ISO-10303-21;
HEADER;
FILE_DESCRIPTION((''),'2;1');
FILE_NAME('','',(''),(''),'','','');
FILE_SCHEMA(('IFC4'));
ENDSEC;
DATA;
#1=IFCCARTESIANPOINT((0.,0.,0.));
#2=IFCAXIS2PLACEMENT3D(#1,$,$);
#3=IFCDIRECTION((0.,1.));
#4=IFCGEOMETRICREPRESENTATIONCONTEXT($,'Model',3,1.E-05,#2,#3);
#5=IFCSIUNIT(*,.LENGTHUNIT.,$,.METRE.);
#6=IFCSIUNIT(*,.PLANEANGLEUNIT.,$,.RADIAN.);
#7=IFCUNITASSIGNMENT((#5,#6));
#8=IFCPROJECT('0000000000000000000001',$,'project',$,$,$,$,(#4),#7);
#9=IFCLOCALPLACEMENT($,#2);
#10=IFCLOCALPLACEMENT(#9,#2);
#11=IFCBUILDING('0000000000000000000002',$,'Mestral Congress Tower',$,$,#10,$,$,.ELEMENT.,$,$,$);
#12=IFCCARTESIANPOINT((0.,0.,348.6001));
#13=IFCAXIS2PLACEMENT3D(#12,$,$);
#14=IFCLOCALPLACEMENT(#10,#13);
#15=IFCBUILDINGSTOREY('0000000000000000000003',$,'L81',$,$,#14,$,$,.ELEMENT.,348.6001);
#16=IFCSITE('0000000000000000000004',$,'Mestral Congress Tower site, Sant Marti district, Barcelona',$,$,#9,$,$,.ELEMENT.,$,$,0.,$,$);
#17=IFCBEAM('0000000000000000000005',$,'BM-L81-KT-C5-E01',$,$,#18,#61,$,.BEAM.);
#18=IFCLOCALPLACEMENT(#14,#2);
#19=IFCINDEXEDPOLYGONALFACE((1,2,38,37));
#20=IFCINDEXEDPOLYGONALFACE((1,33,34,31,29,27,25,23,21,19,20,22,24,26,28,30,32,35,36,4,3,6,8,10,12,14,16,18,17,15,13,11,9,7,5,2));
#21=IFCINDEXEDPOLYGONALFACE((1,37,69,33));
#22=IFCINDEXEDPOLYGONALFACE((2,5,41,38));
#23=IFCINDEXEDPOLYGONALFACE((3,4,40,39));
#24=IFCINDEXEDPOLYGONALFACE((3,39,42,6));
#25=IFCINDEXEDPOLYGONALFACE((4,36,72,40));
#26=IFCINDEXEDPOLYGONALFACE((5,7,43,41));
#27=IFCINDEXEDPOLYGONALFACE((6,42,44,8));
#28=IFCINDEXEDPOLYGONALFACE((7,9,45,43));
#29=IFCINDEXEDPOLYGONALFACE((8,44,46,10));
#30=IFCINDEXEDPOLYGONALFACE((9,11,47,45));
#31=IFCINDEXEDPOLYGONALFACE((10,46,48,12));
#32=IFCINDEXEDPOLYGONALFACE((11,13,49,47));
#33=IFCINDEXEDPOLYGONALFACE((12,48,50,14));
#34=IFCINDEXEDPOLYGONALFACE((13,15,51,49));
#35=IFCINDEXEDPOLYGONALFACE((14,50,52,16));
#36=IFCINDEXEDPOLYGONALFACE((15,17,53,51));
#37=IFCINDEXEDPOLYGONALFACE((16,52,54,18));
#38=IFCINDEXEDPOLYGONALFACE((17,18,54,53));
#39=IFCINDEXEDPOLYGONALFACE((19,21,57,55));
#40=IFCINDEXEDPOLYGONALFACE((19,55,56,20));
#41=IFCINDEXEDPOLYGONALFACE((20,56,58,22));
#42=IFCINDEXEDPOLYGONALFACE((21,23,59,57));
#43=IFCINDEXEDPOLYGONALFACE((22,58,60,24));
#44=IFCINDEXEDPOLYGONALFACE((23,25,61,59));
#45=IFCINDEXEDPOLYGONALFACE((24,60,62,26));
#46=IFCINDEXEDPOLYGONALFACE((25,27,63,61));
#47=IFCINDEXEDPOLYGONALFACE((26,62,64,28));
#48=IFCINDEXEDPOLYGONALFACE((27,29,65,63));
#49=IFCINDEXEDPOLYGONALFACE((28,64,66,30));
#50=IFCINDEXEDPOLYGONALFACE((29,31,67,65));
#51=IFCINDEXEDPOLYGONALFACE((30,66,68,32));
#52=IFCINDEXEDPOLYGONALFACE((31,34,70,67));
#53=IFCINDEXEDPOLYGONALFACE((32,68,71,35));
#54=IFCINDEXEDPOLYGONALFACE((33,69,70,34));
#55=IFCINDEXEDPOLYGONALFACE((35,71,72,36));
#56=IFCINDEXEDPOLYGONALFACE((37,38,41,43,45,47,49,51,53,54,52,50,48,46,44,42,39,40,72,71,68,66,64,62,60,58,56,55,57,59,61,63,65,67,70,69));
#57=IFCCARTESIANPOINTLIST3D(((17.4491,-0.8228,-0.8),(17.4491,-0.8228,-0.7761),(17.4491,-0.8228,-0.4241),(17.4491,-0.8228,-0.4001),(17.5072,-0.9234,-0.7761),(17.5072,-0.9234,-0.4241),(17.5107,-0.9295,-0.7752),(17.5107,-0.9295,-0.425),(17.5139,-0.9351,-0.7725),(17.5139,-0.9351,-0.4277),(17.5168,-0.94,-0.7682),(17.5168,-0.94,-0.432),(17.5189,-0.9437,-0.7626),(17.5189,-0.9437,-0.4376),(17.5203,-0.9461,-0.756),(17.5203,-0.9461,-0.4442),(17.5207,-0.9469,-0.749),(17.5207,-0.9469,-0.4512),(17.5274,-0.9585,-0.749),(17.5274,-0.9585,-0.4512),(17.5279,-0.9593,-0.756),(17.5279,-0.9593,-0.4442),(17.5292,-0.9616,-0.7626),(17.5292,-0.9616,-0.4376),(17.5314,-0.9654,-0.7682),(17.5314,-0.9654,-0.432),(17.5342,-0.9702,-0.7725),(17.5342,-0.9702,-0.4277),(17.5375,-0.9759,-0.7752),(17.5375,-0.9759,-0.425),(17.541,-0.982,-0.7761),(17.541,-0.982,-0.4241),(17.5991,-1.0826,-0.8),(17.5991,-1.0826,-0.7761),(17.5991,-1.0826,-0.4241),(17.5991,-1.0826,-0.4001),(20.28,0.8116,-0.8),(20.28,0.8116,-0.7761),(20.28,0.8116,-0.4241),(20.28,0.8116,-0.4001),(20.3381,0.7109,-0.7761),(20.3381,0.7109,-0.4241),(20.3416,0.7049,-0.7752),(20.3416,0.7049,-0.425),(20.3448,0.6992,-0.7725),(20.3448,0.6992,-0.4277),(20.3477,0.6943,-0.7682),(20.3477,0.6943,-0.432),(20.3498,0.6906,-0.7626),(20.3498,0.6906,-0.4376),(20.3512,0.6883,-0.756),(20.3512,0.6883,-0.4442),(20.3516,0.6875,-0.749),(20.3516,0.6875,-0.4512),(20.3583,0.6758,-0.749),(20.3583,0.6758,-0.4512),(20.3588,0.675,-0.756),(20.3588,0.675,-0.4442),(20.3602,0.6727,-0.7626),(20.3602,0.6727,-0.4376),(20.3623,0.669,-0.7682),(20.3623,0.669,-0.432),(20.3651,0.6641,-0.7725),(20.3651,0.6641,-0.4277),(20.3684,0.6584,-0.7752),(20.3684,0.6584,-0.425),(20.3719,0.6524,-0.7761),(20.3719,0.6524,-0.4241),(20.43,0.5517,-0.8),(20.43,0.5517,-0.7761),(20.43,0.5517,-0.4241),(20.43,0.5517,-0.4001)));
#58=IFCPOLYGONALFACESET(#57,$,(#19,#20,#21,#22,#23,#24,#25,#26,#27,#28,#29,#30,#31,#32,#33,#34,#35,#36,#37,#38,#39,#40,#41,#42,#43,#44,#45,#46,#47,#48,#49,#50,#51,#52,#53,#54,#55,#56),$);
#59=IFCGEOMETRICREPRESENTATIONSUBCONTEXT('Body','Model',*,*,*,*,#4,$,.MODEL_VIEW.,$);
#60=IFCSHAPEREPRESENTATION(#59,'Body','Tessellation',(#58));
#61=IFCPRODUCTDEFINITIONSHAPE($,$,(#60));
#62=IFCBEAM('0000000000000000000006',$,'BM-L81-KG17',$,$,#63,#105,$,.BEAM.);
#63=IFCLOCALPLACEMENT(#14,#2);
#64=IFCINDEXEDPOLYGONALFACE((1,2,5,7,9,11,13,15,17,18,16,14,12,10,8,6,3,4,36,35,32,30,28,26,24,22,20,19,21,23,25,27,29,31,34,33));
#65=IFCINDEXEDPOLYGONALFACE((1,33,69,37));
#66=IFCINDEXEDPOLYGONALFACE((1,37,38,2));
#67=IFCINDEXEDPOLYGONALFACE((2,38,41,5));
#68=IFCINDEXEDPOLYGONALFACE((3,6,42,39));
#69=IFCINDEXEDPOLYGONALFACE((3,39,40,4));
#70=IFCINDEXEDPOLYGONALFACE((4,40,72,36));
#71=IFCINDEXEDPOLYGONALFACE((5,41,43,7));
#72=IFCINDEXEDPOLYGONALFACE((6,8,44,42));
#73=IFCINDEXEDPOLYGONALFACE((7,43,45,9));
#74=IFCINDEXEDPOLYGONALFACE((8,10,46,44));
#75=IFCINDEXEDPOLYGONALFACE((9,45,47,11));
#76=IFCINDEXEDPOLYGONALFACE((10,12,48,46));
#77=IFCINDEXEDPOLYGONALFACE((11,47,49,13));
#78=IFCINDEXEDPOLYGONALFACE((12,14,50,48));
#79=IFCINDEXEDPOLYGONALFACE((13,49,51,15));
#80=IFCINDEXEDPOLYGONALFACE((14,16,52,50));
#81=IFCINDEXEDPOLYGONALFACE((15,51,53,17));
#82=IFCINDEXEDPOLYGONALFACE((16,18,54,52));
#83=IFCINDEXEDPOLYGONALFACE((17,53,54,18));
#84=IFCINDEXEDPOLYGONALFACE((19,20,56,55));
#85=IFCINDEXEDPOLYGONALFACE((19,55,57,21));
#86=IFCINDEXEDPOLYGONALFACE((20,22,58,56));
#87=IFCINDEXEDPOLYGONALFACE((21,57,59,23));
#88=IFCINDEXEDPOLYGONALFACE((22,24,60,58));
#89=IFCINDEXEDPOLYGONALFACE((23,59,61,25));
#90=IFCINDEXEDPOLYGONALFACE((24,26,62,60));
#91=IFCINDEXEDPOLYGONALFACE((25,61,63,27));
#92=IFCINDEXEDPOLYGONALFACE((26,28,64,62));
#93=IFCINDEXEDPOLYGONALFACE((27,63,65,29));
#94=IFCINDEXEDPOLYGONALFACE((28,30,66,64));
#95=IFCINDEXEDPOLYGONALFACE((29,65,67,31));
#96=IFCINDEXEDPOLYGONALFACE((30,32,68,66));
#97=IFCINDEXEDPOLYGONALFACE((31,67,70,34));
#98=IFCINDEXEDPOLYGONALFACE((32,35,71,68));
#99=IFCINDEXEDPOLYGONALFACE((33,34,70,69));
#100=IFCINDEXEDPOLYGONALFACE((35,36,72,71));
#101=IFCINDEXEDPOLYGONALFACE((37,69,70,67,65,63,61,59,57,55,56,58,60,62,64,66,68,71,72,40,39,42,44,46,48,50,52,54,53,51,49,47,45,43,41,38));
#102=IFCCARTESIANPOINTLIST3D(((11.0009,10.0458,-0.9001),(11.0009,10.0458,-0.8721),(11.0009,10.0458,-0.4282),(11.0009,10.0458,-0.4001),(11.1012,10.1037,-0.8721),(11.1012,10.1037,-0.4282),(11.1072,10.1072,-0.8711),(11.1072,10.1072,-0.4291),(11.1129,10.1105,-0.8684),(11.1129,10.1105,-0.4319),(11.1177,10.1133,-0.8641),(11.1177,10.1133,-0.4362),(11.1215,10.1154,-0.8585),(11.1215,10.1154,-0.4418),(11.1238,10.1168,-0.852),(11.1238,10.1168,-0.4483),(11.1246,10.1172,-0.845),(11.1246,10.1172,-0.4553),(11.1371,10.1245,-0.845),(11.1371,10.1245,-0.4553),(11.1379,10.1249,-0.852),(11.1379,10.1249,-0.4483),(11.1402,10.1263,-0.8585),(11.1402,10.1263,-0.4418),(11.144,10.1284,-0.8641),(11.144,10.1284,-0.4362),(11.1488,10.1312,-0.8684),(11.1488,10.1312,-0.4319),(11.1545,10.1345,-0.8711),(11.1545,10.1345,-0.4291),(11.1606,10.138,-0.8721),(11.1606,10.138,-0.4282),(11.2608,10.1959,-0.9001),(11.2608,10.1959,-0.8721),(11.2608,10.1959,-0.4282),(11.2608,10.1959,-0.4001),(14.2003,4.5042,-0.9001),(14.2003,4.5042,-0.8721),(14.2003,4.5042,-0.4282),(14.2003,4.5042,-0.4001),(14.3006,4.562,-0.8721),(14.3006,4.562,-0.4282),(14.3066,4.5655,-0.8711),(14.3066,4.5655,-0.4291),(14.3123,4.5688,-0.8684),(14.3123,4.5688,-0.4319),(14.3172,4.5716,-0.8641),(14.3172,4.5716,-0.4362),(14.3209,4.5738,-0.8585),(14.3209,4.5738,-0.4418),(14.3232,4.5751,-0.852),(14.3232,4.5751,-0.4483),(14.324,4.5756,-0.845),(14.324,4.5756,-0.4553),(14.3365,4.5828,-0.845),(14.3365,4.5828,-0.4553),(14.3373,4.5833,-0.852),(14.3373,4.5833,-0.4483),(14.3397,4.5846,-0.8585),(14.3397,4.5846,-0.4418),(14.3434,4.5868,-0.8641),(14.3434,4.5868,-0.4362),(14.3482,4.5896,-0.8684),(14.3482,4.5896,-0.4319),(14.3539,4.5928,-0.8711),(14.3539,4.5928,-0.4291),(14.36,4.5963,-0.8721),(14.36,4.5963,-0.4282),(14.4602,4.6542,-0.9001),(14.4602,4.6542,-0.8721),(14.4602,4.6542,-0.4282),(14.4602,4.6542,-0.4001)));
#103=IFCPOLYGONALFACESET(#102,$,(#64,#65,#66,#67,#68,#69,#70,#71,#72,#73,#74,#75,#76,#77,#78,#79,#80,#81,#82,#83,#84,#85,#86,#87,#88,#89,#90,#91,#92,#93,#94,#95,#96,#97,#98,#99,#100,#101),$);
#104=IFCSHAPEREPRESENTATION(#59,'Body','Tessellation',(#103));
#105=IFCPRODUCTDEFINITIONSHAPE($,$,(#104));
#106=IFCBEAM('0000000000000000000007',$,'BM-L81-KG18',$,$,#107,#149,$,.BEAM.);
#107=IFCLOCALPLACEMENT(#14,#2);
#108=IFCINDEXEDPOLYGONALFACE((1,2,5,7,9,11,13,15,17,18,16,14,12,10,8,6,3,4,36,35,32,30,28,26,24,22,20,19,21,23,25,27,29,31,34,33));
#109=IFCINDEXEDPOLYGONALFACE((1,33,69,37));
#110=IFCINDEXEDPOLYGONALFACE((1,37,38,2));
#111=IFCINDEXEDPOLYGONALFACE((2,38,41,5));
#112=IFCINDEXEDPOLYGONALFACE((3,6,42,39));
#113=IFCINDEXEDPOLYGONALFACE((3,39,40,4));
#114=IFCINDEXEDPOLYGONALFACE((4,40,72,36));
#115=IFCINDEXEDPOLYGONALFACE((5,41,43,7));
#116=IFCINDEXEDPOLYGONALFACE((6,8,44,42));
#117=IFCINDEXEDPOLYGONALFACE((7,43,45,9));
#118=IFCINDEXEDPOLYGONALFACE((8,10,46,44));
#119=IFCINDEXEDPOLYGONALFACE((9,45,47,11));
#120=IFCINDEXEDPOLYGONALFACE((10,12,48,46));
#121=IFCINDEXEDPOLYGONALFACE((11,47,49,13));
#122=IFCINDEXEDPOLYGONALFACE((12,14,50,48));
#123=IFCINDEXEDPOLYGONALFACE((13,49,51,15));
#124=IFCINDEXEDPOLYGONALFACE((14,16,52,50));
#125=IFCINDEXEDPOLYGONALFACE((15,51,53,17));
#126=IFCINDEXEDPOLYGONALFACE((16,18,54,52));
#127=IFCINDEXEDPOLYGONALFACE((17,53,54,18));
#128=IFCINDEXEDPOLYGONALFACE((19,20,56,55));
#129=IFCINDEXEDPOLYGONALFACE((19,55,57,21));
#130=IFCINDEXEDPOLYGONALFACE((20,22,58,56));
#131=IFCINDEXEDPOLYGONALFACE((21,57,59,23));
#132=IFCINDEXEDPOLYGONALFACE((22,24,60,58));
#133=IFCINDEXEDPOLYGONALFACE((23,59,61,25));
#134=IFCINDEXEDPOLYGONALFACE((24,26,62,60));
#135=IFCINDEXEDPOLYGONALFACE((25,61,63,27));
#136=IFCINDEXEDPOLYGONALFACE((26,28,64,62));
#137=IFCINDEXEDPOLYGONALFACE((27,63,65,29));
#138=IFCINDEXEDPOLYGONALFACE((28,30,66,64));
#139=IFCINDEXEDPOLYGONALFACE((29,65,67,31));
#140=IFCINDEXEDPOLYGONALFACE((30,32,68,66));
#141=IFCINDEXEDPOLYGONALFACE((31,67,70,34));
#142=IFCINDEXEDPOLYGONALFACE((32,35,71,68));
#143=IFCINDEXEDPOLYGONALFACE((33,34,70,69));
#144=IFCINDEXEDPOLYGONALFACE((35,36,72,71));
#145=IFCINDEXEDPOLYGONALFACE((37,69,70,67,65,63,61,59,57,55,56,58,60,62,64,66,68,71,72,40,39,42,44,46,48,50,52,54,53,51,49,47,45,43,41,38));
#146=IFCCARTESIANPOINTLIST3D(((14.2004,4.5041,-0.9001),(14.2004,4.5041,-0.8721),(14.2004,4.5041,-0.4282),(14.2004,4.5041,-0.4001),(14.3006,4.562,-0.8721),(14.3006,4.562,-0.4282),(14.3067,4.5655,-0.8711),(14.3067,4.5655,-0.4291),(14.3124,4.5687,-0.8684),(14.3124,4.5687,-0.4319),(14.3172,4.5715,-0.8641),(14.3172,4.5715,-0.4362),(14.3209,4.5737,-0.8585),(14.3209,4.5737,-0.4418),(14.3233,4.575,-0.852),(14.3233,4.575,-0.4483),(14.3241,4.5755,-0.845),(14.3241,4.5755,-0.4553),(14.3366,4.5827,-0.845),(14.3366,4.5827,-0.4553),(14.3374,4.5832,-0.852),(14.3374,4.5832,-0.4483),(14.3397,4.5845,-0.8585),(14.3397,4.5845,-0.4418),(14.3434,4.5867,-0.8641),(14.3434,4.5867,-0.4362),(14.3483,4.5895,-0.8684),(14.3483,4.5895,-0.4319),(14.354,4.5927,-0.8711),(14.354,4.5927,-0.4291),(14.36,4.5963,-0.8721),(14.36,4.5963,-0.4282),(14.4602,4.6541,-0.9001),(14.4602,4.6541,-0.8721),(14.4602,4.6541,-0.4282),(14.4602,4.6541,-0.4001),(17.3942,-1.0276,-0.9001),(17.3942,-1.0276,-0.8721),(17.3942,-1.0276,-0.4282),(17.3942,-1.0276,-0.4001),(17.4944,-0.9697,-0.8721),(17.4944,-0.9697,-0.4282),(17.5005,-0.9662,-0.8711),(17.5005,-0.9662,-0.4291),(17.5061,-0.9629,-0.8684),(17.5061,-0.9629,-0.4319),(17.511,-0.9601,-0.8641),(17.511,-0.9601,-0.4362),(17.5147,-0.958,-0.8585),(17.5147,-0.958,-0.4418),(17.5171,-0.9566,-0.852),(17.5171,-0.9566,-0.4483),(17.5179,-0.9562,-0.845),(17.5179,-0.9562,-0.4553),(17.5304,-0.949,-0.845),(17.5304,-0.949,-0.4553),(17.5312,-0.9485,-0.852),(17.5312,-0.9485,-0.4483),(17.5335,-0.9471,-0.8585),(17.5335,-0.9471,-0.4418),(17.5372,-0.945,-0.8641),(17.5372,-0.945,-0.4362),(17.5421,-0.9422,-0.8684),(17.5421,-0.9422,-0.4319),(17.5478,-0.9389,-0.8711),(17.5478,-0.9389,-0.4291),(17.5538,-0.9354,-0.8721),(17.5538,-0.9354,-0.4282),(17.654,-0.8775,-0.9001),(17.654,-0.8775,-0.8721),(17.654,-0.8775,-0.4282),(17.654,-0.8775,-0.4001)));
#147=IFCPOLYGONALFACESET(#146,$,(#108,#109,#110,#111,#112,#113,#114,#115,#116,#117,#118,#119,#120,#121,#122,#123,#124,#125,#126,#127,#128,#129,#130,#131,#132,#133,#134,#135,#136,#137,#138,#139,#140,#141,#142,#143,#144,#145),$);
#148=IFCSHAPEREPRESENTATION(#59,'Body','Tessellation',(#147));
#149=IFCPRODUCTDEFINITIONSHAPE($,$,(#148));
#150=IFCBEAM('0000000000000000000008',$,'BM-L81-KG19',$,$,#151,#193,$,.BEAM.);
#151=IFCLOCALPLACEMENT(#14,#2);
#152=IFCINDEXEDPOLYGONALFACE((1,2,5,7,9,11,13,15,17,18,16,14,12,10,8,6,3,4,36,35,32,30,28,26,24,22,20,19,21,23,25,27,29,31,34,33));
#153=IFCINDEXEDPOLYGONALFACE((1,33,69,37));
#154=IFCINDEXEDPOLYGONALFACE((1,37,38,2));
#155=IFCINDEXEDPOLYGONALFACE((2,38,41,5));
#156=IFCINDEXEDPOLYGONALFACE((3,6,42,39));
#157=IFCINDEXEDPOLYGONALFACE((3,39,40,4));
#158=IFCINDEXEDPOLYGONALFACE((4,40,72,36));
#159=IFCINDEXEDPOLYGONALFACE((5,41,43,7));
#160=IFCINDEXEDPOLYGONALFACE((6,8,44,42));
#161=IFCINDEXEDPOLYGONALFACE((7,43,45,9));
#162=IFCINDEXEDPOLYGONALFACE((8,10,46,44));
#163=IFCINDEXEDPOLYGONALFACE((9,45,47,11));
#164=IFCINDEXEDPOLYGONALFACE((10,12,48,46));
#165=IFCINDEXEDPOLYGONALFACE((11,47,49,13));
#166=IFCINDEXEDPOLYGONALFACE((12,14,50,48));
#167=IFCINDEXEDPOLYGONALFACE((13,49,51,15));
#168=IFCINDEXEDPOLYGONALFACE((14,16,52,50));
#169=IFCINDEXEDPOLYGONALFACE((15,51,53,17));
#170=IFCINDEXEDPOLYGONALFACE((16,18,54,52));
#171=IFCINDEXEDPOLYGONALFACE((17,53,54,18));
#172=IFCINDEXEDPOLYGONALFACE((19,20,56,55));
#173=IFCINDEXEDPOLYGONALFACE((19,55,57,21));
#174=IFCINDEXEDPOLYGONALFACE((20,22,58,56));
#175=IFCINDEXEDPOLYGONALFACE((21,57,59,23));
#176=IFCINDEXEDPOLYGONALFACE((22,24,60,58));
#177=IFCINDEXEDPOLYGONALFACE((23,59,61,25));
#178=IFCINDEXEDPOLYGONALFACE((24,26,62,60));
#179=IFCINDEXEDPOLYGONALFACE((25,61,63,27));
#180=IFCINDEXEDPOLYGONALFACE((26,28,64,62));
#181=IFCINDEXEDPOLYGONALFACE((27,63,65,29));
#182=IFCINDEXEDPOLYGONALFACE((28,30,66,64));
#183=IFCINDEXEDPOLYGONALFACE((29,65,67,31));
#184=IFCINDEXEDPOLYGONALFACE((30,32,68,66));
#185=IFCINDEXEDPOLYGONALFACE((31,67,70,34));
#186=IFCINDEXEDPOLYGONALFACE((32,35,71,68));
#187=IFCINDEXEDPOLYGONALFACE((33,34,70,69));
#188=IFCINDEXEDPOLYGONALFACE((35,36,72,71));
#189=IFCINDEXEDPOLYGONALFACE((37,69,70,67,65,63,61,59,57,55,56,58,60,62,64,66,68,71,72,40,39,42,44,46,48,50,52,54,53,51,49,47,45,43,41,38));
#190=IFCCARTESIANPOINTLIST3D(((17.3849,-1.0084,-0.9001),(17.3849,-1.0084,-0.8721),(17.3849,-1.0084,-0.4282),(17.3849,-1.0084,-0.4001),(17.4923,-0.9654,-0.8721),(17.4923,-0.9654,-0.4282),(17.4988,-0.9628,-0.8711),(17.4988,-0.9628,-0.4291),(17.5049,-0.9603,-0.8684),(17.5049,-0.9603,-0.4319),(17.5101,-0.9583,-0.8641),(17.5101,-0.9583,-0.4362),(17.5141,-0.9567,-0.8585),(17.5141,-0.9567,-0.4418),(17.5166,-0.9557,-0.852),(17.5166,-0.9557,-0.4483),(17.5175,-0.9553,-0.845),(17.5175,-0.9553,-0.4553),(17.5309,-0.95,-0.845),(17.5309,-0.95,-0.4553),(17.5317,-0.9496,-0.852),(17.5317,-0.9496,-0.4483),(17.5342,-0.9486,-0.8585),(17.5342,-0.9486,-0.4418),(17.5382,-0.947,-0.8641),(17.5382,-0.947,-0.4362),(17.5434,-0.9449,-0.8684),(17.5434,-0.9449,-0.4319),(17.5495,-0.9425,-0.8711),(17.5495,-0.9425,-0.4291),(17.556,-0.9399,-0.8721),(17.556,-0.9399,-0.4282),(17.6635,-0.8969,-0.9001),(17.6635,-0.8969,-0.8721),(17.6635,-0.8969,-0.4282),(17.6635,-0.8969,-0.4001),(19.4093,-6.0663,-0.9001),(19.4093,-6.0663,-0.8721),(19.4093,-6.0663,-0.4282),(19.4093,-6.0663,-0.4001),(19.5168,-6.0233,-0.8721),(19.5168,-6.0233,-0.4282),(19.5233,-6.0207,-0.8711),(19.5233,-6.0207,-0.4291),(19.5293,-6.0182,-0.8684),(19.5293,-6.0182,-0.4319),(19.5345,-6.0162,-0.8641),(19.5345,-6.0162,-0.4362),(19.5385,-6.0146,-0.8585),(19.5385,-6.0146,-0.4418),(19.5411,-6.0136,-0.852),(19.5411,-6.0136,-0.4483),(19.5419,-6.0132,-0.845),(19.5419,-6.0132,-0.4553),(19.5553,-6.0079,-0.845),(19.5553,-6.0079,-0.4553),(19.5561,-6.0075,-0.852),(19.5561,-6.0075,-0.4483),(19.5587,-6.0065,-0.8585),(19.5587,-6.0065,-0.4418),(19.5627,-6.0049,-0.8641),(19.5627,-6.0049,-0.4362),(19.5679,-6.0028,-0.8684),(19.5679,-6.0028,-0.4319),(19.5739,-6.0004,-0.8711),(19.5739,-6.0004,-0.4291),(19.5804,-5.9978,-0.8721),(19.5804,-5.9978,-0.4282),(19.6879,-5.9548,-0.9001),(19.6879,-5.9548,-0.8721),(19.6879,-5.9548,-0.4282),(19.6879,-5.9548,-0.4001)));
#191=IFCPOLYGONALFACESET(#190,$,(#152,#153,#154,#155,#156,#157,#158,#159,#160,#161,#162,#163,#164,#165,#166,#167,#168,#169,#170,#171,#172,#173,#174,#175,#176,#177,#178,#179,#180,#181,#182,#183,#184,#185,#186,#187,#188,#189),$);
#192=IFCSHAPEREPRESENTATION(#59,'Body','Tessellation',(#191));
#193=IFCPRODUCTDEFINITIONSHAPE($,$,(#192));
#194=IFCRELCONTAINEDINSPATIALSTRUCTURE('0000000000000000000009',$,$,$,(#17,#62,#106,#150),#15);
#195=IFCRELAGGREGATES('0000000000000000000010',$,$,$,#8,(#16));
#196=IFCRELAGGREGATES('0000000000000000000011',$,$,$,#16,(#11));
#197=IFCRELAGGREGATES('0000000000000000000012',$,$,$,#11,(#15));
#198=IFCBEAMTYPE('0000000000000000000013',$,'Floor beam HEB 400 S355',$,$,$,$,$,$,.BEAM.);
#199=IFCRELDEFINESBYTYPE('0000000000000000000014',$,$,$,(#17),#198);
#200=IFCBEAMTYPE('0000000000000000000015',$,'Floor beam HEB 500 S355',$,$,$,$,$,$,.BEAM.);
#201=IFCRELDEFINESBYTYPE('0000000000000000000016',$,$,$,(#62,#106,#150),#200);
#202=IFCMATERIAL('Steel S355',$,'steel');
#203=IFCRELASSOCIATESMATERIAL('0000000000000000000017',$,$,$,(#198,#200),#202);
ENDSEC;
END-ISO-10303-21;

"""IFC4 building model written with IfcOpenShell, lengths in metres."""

from ifc_helpers import new_model, si_unit, direction, frame, origin, origin_2d, place, context, subcontext, project, spatial, i_section, extrude, material, material_profile, profile_set, type_object, element, save


model = new_model("IFC4")

# Units and contexts
model_context = context("Model", 3, precision=1e-05, world=origin(), true_north=direction((0.0, 1.0)))
body_context = subcontext(model_context, "Body", "Model", "MODEL_VIEW")
ifc_project = project(units=[si_unit("LENGTHUNIT", "METRE"), si_unit("PLANEANGLEUNIT", "RADIAN")], contexts=[model_context])

# Site, building, storey
site_placement = place(None, origin())
site = spatial("IfcSite", under=ifc_project, at=site_placement, Name="Mestral Congress Tower site, Sant Marti district, Barcelona", CompositionType="ELEMENT", RefElevation=0.0)
building_placement = place(site_placement, origin())
building = spatial("IfcBuilding", under=site, at=building_placement, Name="Mestral Congress Tower", CompositionType="ELEMENT")
storey_placement = place(building_placement, frame((0.0, 0.0, 348.6001)))
storey = spatial("IfcBuildingStorey", under=building, at=storey_placement, Name="L81", CompositionType="ELEMENT", Elevation=348.6001)

# Beams
ifc_material_1 = material(Name="Steel S355", Category="steel")
ifc_material_profile_1 = material_profile(ifc_material_1, i_section(OverallWidth=0.3, OverallDepth=0.3999, WebThickness=0.0134, FlangeThickness=0.0239, FilletRadius=0.0271, at=origin_2d()), Name="HEB 400")
ifc_profile_set_1 = profile_set([ifc_material_profile_1], Name="Steel S355")
beam_type_1 = type_object("IfcBeamType", Name="Floor beam HEB 400 S355", PredefinedType="BEAM", material=ifc_profile_set_1)
beam_1_placement = place(storey_placement, frame((20.355, 0.6816, -0.6001), z_axis=(-0.866038, -0.499979, 0.0), x_axis=(0.499979, -0.866038, 0.0)))
element("IfcBeam", 1, at=beam_1_placement, inside=storey, type_object=beam_type_1, Name="BM-L81-KT-C5-E01", PredefinedType="BEAM", context=body_context, shape_type="SweptSolid", body=[
    extrude(i_section(OverallWidth=0.3, OverallDepth=0.3999, WebThickness=0.0134, FlangeThickness=0.0239, FilletRadius=0.0271, at=origin_2d()), origin(), (0.0, 0.0, 1.0), 3.2688),
])
ifc_material_profile_2 = material_profile(ifc_material_1, i_section(OverallWidth=0.3, OverallDepth=0.5, WebThickness=0.0144, FlangeThickness=0.0281, FilletRadius=0.0271, at=origin_2d()), Name="HEB 500")
ifc_profile_set_2 = profile_set([ifc_material_profile_2], Name="Steel S355")
beam_type_2 = type_object("IfcBeamType", Name="Floor beam HEB 500 S355", PredefinedType="BEAM", material=ifc_profile_set_2)
beam_2_placement = place(storey_placement, frame((11.1309, 10.1208, -0.6501), z_axis=(0.499992, -0.86603, 0.0), x_axis=(0.86603, 0.499992, 0.0)))
element("IfcBeam", 2, at=beam_2_placement, inside=storey, type_object=beam_type_2, Name="BM-L81-KG17", PredefinedType="BEAM", context=body_context, shape_type="SweptSolid", body=[
    extrude(i_section(OverallWidth=0.3, OverallDepth=0.5, WebThickness=0.0144, FlangeThickness=0.0281, FilletRadius=0.0271, at=origin_2d()), origin(), (0.0, 0.0, 1.0), 6.3989),
])
beam_3_placement = place(storey_placement, frame((14.3303, 4.5791, -0.6501), z_axis=(0.500011, -0.866019, 0.0), x_axis=(0.866019, 0.500011, 0.0)))
element("IfcBeam", 3, at=beam_3_placement, inside=storey, type_object=beam_type_2, Name="BM-L81-KG18", PredefinedType="BEAM", context=body_context, shape_type="SweptSolid", body=[
    extrude(i_section(OverallWidth=0.3, OverallDepth=0.5, WebThickness=0.0144, FlangeThickness=0.0281, FilletRadius=0.0271, at=origin_2d()), origin(), (0.0, 0.0, 1.0), 6.3875),
])
beam_4_placement = place(storey_placement, frame((17.5242, -0.9526, -0.6501), z_axis=(0.371592, -0.928396, 0.0), x_axis=(0.928396, 0.371592, 0.0)))
element("IfcBeam", 4, at=beam_4_placement, inside=storey, type_object=beam_type_2, Name="BM-L81-KG19", PredefinedType="BEAM", context=body_context, shape_type="SweptSolid", body=[
    extrude(i_section(OverallWidth=0.3, OverallDepth=0.5, WebThickness=0.0144, FlangeThickness=0.0281, FilletRadius=0.0271, at=origin_2d()), origin(), (0.0, 0.0, 1.0), 5.448),
])

save(model, "model.ifc")
